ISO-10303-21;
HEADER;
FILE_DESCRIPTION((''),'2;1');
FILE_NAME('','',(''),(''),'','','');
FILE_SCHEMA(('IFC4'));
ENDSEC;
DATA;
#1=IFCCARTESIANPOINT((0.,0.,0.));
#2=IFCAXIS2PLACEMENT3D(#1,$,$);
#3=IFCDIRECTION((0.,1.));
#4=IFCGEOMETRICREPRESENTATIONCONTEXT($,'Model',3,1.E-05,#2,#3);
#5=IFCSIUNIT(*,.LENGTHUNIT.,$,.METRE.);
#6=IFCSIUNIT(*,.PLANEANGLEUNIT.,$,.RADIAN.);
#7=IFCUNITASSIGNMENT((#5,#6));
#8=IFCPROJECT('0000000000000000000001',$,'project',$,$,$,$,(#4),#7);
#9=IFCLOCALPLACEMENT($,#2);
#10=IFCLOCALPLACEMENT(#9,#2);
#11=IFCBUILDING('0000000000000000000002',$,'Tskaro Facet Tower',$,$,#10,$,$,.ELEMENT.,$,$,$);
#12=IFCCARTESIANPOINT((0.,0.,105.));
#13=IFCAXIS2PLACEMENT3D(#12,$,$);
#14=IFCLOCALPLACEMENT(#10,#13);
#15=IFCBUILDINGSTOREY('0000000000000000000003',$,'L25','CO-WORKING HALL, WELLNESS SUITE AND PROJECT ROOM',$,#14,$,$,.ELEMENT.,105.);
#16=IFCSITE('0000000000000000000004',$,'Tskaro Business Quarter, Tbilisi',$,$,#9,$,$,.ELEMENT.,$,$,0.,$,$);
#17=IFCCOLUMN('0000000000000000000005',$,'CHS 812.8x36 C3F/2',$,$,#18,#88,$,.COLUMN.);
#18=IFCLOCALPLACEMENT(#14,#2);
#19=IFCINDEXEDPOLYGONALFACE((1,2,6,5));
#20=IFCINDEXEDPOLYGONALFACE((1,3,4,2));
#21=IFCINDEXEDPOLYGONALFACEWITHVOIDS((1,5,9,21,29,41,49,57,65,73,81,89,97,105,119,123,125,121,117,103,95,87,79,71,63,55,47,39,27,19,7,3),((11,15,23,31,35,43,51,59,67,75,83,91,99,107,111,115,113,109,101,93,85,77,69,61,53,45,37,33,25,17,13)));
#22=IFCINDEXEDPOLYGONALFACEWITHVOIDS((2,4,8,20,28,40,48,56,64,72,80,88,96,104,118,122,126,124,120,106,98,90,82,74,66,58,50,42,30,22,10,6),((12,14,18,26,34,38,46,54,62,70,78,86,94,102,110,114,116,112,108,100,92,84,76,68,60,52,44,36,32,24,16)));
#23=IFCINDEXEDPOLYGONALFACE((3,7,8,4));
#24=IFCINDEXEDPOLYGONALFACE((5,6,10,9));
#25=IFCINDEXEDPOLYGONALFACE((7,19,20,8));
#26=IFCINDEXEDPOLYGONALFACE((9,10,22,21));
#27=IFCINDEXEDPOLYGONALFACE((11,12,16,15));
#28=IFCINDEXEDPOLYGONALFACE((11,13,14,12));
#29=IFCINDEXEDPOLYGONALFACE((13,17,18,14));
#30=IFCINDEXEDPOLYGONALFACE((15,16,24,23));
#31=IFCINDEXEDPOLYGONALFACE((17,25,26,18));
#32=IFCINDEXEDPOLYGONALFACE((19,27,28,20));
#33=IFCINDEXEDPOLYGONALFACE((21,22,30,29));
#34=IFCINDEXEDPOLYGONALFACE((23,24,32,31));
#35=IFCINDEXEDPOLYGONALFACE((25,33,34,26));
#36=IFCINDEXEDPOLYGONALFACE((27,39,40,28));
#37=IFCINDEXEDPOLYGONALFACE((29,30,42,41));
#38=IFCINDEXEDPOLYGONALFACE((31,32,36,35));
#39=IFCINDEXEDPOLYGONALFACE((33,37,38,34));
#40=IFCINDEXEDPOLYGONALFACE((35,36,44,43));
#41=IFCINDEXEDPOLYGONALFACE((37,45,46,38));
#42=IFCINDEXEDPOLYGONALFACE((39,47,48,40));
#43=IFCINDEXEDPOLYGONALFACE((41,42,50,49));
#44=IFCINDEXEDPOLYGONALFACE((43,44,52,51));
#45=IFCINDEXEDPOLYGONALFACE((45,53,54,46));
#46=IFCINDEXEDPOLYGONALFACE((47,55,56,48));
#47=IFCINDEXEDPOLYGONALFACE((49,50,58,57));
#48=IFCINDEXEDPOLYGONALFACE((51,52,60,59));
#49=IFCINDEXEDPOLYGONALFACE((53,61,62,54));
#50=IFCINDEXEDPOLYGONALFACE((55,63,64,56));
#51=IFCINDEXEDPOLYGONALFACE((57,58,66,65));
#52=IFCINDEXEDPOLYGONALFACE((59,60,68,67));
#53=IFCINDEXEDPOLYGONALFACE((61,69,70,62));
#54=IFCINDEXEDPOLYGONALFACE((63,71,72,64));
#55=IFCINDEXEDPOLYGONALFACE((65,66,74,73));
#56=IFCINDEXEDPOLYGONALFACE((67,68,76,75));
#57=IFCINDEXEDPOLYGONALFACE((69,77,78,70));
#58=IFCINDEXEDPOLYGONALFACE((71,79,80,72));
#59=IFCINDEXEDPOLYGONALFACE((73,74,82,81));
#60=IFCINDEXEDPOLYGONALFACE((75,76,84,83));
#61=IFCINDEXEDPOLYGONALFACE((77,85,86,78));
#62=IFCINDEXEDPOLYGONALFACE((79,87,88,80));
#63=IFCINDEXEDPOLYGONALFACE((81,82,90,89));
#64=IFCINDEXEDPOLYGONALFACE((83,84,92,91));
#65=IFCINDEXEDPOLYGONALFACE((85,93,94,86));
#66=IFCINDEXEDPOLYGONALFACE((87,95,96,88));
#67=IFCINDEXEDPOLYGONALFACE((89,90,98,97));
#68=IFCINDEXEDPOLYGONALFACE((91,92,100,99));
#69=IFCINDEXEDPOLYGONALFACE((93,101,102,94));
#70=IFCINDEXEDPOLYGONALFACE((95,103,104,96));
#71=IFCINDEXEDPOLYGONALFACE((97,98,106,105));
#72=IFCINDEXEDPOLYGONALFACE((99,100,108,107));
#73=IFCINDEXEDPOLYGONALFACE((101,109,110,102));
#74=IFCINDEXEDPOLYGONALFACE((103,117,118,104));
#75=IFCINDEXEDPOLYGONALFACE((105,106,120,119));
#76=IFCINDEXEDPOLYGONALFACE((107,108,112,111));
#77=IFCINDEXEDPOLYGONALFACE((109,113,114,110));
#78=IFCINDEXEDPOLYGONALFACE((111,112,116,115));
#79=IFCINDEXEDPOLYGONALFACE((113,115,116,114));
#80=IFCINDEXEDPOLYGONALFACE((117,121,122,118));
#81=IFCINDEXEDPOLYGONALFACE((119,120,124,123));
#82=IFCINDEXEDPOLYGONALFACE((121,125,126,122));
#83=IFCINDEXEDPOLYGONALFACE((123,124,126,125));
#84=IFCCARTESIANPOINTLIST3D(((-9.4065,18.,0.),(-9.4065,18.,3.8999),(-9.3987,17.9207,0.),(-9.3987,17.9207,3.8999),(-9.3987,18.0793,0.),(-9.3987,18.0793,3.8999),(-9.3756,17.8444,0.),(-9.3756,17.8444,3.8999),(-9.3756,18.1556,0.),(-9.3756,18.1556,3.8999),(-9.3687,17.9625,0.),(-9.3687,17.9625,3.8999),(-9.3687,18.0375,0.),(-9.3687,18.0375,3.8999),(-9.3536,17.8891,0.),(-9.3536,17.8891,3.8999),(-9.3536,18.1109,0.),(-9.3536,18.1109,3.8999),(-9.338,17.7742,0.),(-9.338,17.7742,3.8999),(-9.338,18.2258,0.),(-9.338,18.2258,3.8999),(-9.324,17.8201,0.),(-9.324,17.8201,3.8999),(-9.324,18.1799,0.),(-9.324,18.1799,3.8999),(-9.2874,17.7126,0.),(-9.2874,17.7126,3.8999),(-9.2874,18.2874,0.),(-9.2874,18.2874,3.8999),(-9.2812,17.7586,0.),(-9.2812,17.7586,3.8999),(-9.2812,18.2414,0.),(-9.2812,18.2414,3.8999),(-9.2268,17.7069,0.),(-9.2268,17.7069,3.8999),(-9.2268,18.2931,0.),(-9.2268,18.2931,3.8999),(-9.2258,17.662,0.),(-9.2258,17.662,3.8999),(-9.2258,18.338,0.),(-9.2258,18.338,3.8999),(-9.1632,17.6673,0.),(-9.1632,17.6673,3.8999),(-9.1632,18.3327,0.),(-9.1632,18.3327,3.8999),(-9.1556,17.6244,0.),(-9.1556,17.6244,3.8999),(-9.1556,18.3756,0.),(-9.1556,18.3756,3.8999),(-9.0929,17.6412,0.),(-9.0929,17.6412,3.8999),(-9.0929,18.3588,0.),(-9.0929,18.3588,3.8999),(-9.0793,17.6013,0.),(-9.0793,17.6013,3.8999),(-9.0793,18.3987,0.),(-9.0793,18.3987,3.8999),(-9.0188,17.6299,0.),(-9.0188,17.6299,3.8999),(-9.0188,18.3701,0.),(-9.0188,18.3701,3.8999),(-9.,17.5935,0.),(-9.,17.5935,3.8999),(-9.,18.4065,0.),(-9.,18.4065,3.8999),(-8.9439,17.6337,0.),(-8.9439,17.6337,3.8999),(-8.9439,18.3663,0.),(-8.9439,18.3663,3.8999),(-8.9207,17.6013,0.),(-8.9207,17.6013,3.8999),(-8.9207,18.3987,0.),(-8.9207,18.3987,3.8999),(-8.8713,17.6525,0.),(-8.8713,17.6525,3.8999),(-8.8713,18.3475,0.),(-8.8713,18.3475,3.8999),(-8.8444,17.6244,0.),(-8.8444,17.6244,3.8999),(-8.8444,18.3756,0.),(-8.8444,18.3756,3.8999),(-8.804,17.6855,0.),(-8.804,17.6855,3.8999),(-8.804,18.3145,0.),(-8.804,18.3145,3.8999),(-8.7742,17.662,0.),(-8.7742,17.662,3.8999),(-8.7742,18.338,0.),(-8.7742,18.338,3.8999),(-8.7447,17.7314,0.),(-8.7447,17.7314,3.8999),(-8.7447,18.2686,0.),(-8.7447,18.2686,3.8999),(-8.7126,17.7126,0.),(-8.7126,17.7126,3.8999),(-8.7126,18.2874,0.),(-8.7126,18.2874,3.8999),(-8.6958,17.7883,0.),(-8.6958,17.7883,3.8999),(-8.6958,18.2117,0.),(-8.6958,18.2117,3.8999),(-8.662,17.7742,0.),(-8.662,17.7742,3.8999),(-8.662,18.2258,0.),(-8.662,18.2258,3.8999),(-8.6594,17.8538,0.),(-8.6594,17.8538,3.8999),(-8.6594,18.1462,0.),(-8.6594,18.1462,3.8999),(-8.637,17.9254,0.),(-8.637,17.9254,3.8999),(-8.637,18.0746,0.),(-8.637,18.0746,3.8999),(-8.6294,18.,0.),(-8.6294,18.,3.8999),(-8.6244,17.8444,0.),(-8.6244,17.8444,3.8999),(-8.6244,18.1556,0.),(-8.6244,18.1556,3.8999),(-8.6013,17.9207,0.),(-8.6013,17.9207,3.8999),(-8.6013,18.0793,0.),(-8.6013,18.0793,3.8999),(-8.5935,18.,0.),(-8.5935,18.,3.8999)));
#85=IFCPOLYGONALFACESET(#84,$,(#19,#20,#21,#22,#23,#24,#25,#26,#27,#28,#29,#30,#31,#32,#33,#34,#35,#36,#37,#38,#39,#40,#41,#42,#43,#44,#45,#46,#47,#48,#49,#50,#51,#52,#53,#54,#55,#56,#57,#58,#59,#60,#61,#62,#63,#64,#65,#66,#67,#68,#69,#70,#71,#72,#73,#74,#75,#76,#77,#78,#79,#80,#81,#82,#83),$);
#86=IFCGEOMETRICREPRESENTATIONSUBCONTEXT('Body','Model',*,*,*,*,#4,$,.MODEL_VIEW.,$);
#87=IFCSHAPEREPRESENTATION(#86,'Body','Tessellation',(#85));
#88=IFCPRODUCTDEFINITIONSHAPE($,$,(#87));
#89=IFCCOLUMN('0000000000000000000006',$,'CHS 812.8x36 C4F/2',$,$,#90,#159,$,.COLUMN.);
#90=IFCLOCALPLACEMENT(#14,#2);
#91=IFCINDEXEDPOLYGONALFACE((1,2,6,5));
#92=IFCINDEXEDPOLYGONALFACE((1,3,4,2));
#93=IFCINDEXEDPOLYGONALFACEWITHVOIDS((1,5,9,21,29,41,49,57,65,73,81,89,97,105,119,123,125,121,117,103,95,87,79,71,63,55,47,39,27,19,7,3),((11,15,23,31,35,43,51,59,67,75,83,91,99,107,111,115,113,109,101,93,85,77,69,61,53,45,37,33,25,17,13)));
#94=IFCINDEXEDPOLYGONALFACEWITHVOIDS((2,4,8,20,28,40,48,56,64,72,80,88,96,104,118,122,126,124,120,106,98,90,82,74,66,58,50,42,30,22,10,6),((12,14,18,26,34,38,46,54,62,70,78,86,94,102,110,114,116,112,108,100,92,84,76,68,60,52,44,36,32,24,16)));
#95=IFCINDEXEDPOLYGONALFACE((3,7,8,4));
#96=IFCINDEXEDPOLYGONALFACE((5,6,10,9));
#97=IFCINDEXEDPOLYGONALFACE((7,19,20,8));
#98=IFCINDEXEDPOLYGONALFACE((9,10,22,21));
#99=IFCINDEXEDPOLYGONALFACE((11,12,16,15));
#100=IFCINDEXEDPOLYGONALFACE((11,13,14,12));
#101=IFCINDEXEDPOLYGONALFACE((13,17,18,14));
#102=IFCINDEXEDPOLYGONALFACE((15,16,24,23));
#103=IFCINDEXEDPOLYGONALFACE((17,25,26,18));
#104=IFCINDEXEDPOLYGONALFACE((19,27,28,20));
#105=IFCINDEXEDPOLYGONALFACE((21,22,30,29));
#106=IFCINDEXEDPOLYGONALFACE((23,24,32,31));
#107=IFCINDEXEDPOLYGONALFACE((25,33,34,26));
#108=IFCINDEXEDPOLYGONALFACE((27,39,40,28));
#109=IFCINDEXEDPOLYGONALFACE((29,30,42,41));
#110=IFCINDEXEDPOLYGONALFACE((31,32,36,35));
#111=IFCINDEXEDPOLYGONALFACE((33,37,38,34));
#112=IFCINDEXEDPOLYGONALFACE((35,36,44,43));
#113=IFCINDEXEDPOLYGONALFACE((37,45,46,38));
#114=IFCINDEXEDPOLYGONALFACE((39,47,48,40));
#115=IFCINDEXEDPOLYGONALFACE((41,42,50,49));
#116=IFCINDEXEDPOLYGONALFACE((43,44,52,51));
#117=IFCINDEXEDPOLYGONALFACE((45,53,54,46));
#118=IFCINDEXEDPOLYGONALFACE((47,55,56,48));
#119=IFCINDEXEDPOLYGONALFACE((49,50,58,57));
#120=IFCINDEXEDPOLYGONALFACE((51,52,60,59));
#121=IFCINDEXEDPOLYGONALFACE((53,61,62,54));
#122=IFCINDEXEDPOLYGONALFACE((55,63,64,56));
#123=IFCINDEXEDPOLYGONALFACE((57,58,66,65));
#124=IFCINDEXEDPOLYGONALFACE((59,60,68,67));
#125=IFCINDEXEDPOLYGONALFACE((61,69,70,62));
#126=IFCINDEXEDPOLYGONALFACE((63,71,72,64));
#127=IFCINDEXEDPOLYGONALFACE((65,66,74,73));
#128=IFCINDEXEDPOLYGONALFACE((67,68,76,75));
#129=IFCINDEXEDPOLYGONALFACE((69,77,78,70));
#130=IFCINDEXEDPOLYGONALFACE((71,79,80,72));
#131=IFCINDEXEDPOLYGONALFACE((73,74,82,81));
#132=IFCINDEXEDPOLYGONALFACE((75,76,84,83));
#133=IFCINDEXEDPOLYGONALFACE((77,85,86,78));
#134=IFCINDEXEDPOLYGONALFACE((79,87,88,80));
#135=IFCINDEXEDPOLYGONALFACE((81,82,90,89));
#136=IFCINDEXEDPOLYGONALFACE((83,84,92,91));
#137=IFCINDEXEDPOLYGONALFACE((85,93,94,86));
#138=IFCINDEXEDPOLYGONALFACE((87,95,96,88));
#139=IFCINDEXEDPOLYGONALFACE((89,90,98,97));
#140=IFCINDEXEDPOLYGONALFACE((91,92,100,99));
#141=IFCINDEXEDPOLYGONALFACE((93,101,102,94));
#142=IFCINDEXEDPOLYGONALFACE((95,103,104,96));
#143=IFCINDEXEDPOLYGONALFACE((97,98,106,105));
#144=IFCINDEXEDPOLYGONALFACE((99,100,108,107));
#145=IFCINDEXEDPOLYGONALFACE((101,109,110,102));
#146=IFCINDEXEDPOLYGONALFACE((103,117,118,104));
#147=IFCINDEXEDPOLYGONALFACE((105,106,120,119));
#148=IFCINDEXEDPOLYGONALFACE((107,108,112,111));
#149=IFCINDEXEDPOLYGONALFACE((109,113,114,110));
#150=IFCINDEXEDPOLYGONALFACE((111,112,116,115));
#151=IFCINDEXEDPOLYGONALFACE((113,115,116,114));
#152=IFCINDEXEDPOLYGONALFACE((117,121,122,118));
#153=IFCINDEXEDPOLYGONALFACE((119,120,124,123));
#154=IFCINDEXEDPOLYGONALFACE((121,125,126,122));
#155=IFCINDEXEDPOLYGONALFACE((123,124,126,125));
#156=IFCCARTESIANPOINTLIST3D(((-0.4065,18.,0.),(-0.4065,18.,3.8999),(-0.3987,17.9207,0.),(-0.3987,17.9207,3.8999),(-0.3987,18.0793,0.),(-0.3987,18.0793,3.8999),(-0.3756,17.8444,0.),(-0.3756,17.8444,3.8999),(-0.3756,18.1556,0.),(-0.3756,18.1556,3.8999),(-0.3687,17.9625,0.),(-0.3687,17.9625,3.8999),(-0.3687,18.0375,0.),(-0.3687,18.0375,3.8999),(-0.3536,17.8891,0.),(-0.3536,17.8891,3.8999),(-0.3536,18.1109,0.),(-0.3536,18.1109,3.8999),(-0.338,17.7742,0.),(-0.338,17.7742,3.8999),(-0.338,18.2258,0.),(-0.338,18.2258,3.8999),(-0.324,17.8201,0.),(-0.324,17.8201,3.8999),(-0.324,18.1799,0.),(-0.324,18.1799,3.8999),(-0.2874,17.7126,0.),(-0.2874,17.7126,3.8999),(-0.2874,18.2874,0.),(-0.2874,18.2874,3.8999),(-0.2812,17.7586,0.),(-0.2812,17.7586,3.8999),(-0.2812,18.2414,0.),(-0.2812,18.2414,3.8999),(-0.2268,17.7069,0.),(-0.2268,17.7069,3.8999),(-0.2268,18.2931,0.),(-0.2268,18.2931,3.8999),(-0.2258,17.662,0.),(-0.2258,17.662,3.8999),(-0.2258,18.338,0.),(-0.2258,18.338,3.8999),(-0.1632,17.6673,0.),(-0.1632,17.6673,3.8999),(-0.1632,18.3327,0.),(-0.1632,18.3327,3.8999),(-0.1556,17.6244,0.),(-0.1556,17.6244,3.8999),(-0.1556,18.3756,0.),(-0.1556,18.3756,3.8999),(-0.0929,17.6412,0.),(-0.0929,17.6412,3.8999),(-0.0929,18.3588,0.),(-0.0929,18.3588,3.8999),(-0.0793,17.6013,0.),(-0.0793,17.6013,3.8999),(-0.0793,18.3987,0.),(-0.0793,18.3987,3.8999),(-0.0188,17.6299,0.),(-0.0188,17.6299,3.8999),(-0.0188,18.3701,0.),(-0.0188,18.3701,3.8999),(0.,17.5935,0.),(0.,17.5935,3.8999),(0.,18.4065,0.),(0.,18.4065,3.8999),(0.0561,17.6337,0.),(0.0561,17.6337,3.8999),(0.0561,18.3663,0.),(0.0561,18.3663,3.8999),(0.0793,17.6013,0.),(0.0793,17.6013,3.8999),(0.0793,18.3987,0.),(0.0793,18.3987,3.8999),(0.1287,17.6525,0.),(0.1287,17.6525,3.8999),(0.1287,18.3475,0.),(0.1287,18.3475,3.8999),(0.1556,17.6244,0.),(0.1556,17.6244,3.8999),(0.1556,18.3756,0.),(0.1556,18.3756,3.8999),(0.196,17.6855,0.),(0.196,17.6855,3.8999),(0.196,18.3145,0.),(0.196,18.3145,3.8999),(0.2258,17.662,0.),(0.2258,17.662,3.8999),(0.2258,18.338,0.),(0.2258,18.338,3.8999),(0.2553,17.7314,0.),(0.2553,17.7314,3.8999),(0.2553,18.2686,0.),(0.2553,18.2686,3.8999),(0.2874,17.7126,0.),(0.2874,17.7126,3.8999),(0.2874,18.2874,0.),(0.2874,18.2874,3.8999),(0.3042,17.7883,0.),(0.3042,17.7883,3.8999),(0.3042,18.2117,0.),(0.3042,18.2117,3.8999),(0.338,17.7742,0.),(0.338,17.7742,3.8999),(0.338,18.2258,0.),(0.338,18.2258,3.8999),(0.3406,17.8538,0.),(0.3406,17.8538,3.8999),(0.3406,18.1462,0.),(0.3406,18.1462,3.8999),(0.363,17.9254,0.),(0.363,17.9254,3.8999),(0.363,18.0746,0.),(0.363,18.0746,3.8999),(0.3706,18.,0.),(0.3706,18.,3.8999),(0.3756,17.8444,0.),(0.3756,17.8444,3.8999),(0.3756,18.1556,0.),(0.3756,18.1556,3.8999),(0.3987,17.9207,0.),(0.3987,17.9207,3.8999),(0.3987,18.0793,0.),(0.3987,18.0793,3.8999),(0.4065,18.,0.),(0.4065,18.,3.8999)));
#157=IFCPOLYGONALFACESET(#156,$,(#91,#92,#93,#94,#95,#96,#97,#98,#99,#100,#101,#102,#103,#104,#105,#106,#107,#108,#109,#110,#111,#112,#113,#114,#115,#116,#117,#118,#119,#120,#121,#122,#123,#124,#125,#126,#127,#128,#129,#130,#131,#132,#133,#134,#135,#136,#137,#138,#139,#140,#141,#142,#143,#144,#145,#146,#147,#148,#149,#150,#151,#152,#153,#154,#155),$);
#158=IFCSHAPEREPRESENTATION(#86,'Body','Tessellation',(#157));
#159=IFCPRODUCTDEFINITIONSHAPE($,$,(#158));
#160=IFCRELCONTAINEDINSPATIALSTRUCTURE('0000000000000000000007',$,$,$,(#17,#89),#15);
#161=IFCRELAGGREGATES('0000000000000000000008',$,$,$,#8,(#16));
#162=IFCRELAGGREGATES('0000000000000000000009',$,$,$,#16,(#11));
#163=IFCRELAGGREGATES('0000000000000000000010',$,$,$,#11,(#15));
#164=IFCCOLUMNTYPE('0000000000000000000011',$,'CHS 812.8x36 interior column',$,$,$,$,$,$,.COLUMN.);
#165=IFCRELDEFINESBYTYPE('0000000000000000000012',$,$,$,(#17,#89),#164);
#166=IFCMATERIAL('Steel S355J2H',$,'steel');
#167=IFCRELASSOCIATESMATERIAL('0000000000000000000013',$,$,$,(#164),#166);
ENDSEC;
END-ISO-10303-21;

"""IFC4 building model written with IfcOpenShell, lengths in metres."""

from ifc_helpers import new_model, si_unit, direction, frame, origin, origin_2d, place, context, subcontext, project, spatial, hollow_circle, extrude, material, material_profile, profile_set, type_object, element, save


model = new_model("IFC4")

# Units and contexts
model_context = context("Model", 3, precision=1e-05, world=origin(), true_north=direction((0.0, 1.0)))
body_context = subcontext(model_context, "Body", "Model", "MODEL_VIEW")
ifc_project = project(units=[si_unit("LENGTHUNIT", "METRE"), si_unit("PLANEANGLEUNIT", "RADIAN")], contexts=[model_context])

# Site, building, storey
site_placement = place(None, origin())
site = spatial("IfcSite", under=ifc_project, at=site_placement, Name="Tskaro Business Quarter, Tbilisi", CompositionType="ELEMENT", RefElevation=0.0)
building_placement = place(site_placement, origin())
building = spatial("IfcBuilding", under=site, at=building_placement, Name="Tskaro Facet Tower", CompositionType="ELEMENT")
storey_placement = place(building_placement, frame((0.0, 0.0, 105.0)))
storey = spatial("IfcBuildingStorey", under=building, at=storey_placement, Name="L25", Description="CO-WORKING HALL, WELLNESS SUITE AND PROJECT ROOM", CompositionType="ELEMENT", Elevation=105.0)

# Columns
ifc_material_1 = material(Name="Steel S355J2H", Category="steel")
ifc_material_profile_1 = material_profile(ifc_material_1, hollow_circle(Radius=0.4065, WallThickness=0.0359, at=origin_2d()), Name="CHS 812.8x36")
ifc_profile_set_1 = profile_set([ifc_material_profile_1], Name="Steel S355J2H")
column_type_1 = type_object("IfcColumnType", Name="CHS 812.8x36 interior column", PredefinedType="COLUMN", material=ifc_profile_set_1)
for number, where, z_axis, x_axis, name in (
    (1, (-9.0, 18.0, 0.0), (0.0, 0.0, 1.0), (1.0, 0.0, 0.0), "CHS 812.8x36 C3F/2"),
    (2, (0.0, 18.0, 0.0), (0.0, 0.0, 1.0), (1.0, 0.0, 0.0), "CHS 812.8x36 C4F/2"),
):
    element("IfcColumn", number, at=place(storey_placement, frame(where, z_axis=z_axis, x_axis=x_axis)), inside=storey, type_object=column_type_1, Name=name, PredefinedType="COLUMN", context=body_context, shape_type="SweptSolid", body=[
        extrude(hollow_circle(Radius=0.4065, WallThickness=0.0359, at=origin_2d()), origin(), (0.0, 0.0, 1.0), 3.8999),
    ])

save(model, "model.ifc")
